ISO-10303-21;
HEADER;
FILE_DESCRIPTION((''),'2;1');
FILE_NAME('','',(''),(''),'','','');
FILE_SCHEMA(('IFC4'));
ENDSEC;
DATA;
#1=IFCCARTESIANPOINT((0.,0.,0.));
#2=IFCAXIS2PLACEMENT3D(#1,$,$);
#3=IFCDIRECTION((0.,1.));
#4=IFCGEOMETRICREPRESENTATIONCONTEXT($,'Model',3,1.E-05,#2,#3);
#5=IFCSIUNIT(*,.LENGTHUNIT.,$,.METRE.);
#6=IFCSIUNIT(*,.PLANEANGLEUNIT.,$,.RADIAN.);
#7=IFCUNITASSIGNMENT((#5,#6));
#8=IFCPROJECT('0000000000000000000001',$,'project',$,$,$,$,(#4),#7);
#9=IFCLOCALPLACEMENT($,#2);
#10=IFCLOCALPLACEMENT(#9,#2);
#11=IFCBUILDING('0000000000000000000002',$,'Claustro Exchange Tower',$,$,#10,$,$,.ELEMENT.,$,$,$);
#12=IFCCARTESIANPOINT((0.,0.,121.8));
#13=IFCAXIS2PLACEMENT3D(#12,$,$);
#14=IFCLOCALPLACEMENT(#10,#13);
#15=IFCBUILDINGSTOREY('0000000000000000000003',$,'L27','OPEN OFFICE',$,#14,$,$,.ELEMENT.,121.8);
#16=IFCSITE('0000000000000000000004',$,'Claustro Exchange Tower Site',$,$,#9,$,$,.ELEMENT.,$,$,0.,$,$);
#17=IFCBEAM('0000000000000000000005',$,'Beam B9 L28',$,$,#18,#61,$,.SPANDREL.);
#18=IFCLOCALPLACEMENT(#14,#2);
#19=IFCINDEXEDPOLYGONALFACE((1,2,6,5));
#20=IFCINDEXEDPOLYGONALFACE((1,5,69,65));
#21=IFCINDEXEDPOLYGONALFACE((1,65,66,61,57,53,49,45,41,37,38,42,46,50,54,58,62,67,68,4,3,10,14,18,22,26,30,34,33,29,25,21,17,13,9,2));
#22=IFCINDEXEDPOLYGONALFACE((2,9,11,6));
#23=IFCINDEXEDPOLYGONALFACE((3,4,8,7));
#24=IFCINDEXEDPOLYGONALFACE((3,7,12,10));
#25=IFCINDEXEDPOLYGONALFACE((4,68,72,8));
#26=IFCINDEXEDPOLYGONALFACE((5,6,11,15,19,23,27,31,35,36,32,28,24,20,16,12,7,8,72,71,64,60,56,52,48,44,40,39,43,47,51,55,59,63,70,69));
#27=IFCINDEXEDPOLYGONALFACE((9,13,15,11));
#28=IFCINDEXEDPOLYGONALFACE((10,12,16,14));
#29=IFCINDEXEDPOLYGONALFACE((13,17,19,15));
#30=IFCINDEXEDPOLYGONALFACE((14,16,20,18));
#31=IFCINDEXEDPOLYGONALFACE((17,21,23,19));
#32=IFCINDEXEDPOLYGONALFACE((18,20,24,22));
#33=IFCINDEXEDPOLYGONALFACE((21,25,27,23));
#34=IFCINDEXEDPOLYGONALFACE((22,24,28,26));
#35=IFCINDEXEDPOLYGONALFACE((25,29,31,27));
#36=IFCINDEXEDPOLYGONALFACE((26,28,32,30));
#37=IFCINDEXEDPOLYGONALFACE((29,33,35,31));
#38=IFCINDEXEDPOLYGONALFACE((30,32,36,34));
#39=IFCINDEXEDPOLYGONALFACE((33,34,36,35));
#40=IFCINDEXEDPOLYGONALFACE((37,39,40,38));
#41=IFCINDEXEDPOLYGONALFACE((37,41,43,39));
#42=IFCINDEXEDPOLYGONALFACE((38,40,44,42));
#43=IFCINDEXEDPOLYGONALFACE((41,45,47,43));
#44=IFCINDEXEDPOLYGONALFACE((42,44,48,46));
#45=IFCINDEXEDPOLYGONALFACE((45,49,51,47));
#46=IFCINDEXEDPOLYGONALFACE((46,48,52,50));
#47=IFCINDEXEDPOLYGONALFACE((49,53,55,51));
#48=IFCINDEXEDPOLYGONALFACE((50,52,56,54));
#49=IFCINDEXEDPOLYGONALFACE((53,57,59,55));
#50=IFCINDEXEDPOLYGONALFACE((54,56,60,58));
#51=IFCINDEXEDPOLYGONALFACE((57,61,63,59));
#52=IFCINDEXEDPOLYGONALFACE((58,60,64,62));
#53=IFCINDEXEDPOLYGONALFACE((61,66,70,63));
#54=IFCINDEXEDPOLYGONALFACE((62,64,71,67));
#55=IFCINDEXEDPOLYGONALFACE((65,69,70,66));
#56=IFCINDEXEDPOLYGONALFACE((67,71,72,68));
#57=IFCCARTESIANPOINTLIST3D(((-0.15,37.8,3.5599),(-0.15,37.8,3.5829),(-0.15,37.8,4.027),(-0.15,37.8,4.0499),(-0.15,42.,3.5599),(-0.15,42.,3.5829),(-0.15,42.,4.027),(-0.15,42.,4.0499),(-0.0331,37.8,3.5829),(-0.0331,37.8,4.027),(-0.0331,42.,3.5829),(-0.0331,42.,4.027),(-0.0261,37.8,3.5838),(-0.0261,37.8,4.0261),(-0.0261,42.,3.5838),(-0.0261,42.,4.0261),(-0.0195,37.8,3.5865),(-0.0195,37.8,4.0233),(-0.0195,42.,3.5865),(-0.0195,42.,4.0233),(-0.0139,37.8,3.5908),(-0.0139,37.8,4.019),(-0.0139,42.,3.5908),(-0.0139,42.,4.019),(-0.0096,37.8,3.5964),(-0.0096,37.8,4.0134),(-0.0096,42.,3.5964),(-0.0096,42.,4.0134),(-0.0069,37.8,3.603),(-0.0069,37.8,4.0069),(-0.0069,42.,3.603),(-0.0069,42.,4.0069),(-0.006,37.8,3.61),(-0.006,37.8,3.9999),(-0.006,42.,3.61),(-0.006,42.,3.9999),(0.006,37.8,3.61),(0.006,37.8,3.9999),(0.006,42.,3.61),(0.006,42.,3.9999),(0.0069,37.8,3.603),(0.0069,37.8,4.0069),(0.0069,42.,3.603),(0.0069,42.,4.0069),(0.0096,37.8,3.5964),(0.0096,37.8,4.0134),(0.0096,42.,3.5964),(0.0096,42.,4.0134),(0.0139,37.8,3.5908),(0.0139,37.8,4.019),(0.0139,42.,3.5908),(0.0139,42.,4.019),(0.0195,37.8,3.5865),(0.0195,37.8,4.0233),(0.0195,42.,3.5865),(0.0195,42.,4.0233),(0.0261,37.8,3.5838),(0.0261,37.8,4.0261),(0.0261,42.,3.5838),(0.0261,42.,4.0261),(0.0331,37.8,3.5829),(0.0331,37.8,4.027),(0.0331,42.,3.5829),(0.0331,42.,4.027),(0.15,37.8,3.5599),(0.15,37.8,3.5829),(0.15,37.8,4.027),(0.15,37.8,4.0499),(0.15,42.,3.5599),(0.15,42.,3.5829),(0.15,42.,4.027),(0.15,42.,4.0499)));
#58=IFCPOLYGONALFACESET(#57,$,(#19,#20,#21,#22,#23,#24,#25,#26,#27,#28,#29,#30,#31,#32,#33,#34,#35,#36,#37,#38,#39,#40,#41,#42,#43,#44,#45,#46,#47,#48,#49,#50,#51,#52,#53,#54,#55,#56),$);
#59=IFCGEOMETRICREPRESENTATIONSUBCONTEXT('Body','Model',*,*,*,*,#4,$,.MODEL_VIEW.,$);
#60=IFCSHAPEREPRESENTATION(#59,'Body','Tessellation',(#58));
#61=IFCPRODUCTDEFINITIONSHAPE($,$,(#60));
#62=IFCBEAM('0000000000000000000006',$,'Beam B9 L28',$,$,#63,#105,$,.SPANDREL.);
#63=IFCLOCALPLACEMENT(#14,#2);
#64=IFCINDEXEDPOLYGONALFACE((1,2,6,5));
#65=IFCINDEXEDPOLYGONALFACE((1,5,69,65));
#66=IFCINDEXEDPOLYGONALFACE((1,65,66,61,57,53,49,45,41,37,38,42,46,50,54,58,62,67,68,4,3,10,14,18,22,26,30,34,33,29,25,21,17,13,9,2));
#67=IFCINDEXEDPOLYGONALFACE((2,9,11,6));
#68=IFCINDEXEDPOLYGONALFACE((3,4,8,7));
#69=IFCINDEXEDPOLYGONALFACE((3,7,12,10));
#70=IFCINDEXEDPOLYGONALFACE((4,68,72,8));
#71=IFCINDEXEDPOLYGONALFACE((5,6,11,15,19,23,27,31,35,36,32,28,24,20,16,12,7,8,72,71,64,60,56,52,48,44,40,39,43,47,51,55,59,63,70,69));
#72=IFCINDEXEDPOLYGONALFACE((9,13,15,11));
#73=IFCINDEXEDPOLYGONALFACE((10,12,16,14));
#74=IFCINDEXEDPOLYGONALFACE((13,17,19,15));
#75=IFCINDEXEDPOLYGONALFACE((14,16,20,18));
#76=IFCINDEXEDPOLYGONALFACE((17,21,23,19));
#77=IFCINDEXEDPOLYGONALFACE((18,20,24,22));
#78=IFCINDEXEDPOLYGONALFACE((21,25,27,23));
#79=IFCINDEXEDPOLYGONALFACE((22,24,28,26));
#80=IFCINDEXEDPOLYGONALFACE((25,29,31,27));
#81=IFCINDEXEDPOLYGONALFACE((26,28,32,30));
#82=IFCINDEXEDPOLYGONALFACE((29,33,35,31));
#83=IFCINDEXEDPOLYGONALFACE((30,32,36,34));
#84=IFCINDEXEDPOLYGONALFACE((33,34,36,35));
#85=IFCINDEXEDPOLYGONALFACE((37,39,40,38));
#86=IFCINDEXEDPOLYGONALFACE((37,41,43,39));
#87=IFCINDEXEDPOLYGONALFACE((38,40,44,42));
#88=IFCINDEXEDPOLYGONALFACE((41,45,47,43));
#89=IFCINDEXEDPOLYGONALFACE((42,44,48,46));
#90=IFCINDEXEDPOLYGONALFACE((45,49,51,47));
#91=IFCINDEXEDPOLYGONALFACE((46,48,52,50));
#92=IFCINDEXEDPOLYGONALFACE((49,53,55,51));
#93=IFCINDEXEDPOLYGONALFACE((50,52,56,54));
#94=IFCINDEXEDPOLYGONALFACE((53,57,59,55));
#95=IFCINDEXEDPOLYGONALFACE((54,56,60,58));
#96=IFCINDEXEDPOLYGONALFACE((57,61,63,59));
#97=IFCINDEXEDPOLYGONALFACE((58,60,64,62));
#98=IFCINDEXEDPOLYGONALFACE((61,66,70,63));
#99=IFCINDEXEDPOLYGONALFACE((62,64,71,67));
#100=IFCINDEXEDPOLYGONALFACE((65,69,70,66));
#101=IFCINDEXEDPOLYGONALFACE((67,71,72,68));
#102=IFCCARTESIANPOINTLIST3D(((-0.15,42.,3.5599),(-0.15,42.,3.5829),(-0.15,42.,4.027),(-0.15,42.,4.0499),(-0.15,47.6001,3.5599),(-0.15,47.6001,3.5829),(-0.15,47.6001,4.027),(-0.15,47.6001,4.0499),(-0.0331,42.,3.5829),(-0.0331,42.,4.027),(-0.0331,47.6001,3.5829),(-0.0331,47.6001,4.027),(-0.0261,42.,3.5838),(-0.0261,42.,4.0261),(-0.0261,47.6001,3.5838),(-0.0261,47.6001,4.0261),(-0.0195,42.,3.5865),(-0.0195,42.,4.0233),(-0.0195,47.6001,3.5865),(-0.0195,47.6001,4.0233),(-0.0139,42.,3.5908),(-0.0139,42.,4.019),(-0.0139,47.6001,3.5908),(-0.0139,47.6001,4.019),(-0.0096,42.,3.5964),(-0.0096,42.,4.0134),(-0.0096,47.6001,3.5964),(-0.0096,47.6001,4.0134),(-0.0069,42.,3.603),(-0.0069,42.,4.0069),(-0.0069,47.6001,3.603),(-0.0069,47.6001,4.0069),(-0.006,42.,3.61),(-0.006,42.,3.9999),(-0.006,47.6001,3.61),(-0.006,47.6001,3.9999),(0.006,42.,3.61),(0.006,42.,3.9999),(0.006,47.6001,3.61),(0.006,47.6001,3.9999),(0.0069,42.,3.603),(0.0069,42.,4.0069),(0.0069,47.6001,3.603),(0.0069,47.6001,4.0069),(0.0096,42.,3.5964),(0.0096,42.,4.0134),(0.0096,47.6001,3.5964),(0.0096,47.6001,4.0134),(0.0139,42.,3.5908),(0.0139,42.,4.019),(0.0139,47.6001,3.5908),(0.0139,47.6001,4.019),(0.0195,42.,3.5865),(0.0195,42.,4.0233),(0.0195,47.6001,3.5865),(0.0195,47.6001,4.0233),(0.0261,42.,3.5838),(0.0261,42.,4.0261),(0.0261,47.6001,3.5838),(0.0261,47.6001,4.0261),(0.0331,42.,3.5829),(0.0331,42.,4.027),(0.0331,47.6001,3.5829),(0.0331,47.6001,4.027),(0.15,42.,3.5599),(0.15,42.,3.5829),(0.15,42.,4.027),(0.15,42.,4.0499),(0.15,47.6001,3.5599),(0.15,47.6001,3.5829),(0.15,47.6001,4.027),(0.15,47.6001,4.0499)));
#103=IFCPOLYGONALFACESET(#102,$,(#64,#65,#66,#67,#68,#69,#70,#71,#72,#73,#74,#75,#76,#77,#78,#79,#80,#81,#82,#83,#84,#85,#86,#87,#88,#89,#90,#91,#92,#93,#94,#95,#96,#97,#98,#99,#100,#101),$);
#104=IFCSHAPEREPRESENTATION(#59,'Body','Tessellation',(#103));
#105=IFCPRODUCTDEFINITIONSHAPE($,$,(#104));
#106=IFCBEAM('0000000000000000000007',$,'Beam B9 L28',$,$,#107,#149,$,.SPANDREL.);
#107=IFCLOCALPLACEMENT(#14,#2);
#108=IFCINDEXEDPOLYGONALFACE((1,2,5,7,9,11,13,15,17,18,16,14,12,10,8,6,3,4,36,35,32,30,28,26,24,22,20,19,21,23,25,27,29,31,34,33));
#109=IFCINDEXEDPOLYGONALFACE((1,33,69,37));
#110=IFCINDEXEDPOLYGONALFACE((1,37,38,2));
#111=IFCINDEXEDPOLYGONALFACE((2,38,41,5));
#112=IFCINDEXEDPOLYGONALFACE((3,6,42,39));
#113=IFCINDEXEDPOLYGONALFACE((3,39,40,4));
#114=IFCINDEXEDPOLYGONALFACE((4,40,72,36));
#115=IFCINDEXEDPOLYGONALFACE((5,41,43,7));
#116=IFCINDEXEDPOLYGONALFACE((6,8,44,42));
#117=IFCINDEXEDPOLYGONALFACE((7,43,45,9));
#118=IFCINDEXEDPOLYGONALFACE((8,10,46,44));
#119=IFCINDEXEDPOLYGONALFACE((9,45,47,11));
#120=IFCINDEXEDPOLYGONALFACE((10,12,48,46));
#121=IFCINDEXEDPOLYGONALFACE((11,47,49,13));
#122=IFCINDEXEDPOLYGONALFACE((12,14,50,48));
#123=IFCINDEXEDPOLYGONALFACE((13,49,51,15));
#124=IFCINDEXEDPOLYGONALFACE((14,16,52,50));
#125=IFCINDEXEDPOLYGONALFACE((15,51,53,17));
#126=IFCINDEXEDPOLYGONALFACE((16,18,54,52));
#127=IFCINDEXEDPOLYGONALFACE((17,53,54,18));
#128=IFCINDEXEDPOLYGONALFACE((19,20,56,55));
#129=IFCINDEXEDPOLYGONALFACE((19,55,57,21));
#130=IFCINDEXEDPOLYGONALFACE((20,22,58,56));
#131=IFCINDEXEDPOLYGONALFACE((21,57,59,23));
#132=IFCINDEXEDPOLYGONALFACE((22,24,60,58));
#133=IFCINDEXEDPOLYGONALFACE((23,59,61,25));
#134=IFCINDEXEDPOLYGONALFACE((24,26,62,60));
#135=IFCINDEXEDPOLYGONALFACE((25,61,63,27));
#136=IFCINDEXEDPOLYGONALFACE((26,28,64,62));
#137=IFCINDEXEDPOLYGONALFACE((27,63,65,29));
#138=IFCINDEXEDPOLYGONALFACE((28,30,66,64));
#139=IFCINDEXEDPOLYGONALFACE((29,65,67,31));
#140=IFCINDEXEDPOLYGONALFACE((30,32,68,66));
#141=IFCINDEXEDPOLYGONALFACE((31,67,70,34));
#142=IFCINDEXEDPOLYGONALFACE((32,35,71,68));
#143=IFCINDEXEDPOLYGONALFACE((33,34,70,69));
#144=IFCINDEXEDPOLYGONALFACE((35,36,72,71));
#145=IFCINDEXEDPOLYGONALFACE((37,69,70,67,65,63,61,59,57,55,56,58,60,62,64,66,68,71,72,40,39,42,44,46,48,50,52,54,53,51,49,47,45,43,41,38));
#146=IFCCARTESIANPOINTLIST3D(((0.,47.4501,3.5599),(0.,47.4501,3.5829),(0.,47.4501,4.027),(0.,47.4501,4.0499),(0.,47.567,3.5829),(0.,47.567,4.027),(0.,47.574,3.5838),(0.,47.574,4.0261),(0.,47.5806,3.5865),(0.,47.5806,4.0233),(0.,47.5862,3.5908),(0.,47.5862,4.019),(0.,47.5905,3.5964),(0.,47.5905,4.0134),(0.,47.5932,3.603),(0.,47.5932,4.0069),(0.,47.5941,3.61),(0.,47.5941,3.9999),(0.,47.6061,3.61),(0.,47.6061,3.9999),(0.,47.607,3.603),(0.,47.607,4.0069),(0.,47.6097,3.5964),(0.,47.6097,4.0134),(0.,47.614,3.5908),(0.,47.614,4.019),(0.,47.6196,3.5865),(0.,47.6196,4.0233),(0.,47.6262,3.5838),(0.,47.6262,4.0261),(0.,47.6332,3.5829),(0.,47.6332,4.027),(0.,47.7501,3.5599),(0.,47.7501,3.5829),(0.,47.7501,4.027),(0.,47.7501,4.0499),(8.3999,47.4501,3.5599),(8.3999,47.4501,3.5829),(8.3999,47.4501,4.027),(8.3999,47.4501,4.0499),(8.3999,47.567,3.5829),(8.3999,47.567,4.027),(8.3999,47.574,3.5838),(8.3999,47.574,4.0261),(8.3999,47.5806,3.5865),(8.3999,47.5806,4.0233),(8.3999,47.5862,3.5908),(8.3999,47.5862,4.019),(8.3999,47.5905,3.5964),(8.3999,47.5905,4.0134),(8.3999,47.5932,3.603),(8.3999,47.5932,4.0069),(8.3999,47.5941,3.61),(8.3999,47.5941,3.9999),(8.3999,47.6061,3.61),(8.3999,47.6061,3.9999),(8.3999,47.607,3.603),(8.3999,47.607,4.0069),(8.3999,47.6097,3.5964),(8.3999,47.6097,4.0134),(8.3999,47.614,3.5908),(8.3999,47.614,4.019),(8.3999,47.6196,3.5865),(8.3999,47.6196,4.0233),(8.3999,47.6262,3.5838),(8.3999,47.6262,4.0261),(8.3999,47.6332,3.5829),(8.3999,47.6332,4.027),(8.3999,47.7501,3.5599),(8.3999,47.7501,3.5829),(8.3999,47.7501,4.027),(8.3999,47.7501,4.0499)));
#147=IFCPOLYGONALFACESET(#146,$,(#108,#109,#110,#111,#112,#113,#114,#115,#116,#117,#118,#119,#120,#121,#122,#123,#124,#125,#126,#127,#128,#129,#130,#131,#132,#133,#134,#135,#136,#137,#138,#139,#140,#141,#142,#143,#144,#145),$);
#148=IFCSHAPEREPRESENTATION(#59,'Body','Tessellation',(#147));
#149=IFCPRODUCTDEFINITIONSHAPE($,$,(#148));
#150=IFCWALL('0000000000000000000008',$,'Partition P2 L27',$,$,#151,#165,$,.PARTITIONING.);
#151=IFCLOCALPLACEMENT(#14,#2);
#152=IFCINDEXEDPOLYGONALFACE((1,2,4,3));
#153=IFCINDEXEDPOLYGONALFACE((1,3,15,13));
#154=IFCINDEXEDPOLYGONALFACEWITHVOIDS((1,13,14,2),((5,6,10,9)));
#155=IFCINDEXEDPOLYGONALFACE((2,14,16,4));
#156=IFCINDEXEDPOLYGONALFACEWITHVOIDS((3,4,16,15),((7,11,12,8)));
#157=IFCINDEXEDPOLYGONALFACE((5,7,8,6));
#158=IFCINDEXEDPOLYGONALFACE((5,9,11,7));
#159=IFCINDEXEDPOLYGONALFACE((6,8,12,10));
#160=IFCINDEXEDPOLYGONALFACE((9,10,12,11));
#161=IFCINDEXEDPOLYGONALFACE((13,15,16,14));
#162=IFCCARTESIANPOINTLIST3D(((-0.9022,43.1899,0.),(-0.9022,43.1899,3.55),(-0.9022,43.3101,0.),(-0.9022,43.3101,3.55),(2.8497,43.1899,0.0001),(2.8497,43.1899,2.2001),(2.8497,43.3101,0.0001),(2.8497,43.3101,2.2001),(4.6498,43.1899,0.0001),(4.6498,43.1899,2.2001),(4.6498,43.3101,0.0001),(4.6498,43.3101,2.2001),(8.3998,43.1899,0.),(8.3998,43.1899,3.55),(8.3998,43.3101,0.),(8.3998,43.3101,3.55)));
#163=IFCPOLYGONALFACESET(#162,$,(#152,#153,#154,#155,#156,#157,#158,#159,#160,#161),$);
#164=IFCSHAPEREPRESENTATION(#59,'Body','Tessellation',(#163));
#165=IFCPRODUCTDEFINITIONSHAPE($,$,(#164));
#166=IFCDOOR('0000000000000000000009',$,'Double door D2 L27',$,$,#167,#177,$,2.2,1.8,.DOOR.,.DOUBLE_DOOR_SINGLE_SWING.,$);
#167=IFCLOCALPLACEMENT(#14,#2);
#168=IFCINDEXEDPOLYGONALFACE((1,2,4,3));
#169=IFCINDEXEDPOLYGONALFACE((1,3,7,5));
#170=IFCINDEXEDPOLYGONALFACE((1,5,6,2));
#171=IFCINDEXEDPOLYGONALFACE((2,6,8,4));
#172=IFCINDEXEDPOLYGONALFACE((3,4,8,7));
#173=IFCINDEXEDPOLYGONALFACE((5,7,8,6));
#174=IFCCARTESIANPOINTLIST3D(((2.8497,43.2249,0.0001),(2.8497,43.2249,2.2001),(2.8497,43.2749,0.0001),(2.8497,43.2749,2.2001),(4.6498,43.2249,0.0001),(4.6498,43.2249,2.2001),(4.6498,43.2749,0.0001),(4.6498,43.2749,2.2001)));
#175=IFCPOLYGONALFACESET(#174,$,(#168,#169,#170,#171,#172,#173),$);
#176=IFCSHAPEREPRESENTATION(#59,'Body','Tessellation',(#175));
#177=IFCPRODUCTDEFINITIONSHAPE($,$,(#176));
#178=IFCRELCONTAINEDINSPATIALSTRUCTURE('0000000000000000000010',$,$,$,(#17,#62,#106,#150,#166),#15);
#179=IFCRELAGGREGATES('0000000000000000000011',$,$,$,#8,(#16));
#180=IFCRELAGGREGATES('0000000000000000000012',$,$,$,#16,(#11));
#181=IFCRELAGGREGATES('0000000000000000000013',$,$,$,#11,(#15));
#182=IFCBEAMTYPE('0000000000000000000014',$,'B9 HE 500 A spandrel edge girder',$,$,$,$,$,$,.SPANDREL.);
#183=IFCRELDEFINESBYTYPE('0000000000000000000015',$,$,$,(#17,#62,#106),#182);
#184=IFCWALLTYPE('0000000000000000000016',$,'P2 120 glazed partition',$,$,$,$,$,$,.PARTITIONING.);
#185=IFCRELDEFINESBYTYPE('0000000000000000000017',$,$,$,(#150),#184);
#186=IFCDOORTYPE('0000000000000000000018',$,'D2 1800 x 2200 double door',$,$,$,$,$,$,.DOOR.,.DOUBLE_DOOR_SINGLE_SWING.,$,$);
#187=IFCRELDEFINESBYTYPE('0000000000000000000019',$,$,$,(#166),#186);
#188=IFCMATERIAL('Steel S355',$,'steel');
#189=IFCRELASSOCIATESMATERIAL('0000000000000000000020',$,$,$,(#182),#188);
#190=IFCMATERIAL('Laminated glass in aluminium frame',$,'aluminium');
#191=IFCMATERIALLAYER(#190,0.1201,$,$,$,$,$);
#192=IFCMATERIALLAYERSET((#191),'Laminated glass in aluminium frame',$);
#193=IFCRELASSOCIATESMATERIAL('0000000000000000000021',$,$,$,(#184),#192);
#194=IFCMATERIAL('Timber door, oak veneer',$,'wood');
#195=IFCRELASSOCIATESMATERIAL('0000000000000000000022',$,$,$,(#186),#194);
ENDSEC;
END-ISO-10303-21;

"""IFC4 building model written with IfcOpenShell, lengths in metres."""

from ifc_helpers import new_model, si_unit, direction, frame, frame_2d, origin, origin_2d, place, context, subcontext, project, spatial, rectangle, i_section, extrude, material, layer, layer_set, material_profile, profile_set, type_object, element, fill, save


model = new_model("IFC4")

# Units and contexts
model_context = context("Model", 3, precision=1e-05, world=origin(), true_north=direction((0.0, 1.0)))
body_context = subcontext(model_context, "Body", "Model", "MODEL_VIEW")
ifc_project = project(units=[si_unit("LENGTHUNIT", "METRE"), si_unit("PLANEANGLEUNIT", "RADIAN")], contexts=[model_context])

# Site, building, storey
site_placement = place(None, origin())
site = spatial("IfcSite", under=ifc_project, at=site_placement, Name="Claustro Exchange Tower Site", CompositionType="ELEMENT", RefElevation=0.0)
building_placement = place(site_placement, origin())
building = spatial("IfcBuilding", under=site, at=building_placement, Name="Claustro Exchange Tower", CompositionType="ELEMENT")
storey_placement = place(building_placement, frame((0.0, 0.0, 121.8)))
storey = spatial("IfcBuildingStorey", under=building, at=storey_placement, Name="L27", Description="OPEN OFFICE", CompositionType="ELEMENT", Elevation=121.8)

# Beams
ifc_material_1 = material(Name="Steel S355", Category="steel")
ifc_material_profile_1 = material_profile(ifc_material_1, i_section(OverallWidth=0.3, OverallDepth=0.49, WebThickness=0.012, FlangeThickness=0.0229, FilletRadius=0.0271, at=origin_2d()), Name="HE 500 A")
ifc_profile_set_1 = profile_set([ifc_material_profile_1], Name="Steel S355")
beam_type_1 = type_object("IfcBeamType", Name="B9 HE 500 A spandrel edge girder", PredefinedType="SPANDREL", material=ifc_profile_set_1)
beam_1_placement = place(storey_placement, frame((0.0, 37.8, 3.8049), z_axis=(0.0, 1.0, 0.0), x_axis=(-1.0, 0.0, 0.0)))
element("IfcBeam", 1, at=beam_1_placement, inside=storey, type_object=beam_type_1, Name="Beam B9 L28", PredefinedType="SPANDREL", context=body_context, shape_type="SweptSolid", body=[
    extrude(i_section(OverallWidth=0.3, OverallDepth=0.49, WebThickness=0.012, FlangeThickness=0.0229, FilletRadius=0.0271, at=origin_2d()), origin(), (0.0, 0.0, 1.0), 4.2),
])
beam_2_placement = place(storey_placement, frame((0.0, 42.0, 3.8049), z_axis=(0.0, 1.0, 0.0), x_axis=(-1.0, 0.0, 0.0)))
element("IfcBeam", 2, at=beam_2_placement, inside=storey, type_object=beam_type_1, Name="Beam B9 L28", PredefinedType="SPANDREL", context=body_context, shape_type="SweptSolid", body=[
    extrude(i_section(OverallWidth=0.3, OverallDepth=0.49, WebThickness=0.012, FlangeThickness=0.0229, FilletRadius=0.0271, at=origin_2d()), origin(), (0.0, 0.0, 1.0), 5.6001),
])
beam_3_placement = place(storey_placement, frame((0.0, 47.6001, 3.8049), z_axis=(1.0, 0.0, 0.0), x_axis=(0.0, 1.0, 0.0)))
element("IfcBeam", 3, at=beam_3_placement, inside=storey, type_object=beam_type_1, Name="Beam B9 L28", PredefinedType="SPANDREL", context=body_context, shape_type="SweptSolid", body=[
    extrude(i_section(OverallWidth=0.3, OverallDepth=0.49, WebThickness=0.012, FlangeThickness=0.0229, FilletRadius=0.0271, at=origin_2d()), origin(), (0.0, 0.0, 1.0), 8.3999),
])

# Wall, opening, door
ifc_material_2 = material(Name="Laminated glass in aluminium frame", Category="aluminium")
ifc_layer_1 = layer(ifc_material_2, 0.1201)
ifc_layer_set_1 = layer_set([ifc_layer_1], Name="Laminated glass in aluminium frame")
wall_type_1 = type_object("IfcWallType", Name="P2 120 glazed partition", PredefinedType="PARTITIONING", material=ifc_layer_set_1)
wall_1_placement = place(storey_placement, frame((-0.9021, 43.25, 0.0), z_axis=(0.0, 0.0, 1.0), x_axis=(1.0, 0.0, 0.0)))
wall_1 = element("IfcWall", 4, at=wall_1_placement, inside=storey, type_object=wall_type_1, Name="Partition P2 L27", PredefinedType="PARTITIONING", context=body_context, shape_type="SweptSolid", body=[
    extrude(rectangle(XDim=9.302, YDim=0.1201, at=frame_2d((4.6509, 0.0))), origin(), (0.0, 0.0, 1.0), 3.55),
])
opening_1_placement = place(wall_1_placement, frame((3.752, 0.0, 0.0)))
opening_1 = element("IfcOpeningElement", 5, at=opening_1_placement, cuts=wall_1, PredefinedType="OPENING", context=body_context, shape_type="SweptSolid", body=[
    extrude(rectangle(XDim=1.8, YDim=2.2, at=frame_2d((0.8999, 1.1001))), frame((0.0, 0.0701, 0.0), z_axis=(0.0, -1.0, 0.0), x_axis=(1.0, 0.0, 0.0)), (0.0, 0.0, 1.0), 0.1401),
])
ifc_material_3 = material(Name="Timber door, oak veneer", Category="wood")
door_type_1 = type_object("IfcDoorType", Name="D2 1800 x 2200 double door", OperationType="DOUBLE_DOOR_SINGLE_SWING", PredefinedType="DOOR", material=ifc_material_3)
door_1_placement = place(opening_1_placement, origin())
door_1 = element("IfcDoor", 6, at=door_1_placement, inside=storey, type_object=door_type_1, Name="Double door D2 L27", OperationType="DOUBLE_DOOR_SINGLE_SWING", OverallHeight=2.2, OverallWidth=1.8, PredefinedType="DOOR", context=body_context, shape_type="SweptSolid", body=[
    extrude(rectangle(XDim=1.8, YDim=2.2, at=frame_2d((0.8999, 1.1001))), frame((0.0, 0.0249, 0.0), z_axis=(0.0, -1.0, 0.0), x_axis=(1.0, 0.0, 0.0)), (0.0, 0.0, 1.0), 0.05),
])
fill(opening_1, door_1)

save(model, "model.ifc")
